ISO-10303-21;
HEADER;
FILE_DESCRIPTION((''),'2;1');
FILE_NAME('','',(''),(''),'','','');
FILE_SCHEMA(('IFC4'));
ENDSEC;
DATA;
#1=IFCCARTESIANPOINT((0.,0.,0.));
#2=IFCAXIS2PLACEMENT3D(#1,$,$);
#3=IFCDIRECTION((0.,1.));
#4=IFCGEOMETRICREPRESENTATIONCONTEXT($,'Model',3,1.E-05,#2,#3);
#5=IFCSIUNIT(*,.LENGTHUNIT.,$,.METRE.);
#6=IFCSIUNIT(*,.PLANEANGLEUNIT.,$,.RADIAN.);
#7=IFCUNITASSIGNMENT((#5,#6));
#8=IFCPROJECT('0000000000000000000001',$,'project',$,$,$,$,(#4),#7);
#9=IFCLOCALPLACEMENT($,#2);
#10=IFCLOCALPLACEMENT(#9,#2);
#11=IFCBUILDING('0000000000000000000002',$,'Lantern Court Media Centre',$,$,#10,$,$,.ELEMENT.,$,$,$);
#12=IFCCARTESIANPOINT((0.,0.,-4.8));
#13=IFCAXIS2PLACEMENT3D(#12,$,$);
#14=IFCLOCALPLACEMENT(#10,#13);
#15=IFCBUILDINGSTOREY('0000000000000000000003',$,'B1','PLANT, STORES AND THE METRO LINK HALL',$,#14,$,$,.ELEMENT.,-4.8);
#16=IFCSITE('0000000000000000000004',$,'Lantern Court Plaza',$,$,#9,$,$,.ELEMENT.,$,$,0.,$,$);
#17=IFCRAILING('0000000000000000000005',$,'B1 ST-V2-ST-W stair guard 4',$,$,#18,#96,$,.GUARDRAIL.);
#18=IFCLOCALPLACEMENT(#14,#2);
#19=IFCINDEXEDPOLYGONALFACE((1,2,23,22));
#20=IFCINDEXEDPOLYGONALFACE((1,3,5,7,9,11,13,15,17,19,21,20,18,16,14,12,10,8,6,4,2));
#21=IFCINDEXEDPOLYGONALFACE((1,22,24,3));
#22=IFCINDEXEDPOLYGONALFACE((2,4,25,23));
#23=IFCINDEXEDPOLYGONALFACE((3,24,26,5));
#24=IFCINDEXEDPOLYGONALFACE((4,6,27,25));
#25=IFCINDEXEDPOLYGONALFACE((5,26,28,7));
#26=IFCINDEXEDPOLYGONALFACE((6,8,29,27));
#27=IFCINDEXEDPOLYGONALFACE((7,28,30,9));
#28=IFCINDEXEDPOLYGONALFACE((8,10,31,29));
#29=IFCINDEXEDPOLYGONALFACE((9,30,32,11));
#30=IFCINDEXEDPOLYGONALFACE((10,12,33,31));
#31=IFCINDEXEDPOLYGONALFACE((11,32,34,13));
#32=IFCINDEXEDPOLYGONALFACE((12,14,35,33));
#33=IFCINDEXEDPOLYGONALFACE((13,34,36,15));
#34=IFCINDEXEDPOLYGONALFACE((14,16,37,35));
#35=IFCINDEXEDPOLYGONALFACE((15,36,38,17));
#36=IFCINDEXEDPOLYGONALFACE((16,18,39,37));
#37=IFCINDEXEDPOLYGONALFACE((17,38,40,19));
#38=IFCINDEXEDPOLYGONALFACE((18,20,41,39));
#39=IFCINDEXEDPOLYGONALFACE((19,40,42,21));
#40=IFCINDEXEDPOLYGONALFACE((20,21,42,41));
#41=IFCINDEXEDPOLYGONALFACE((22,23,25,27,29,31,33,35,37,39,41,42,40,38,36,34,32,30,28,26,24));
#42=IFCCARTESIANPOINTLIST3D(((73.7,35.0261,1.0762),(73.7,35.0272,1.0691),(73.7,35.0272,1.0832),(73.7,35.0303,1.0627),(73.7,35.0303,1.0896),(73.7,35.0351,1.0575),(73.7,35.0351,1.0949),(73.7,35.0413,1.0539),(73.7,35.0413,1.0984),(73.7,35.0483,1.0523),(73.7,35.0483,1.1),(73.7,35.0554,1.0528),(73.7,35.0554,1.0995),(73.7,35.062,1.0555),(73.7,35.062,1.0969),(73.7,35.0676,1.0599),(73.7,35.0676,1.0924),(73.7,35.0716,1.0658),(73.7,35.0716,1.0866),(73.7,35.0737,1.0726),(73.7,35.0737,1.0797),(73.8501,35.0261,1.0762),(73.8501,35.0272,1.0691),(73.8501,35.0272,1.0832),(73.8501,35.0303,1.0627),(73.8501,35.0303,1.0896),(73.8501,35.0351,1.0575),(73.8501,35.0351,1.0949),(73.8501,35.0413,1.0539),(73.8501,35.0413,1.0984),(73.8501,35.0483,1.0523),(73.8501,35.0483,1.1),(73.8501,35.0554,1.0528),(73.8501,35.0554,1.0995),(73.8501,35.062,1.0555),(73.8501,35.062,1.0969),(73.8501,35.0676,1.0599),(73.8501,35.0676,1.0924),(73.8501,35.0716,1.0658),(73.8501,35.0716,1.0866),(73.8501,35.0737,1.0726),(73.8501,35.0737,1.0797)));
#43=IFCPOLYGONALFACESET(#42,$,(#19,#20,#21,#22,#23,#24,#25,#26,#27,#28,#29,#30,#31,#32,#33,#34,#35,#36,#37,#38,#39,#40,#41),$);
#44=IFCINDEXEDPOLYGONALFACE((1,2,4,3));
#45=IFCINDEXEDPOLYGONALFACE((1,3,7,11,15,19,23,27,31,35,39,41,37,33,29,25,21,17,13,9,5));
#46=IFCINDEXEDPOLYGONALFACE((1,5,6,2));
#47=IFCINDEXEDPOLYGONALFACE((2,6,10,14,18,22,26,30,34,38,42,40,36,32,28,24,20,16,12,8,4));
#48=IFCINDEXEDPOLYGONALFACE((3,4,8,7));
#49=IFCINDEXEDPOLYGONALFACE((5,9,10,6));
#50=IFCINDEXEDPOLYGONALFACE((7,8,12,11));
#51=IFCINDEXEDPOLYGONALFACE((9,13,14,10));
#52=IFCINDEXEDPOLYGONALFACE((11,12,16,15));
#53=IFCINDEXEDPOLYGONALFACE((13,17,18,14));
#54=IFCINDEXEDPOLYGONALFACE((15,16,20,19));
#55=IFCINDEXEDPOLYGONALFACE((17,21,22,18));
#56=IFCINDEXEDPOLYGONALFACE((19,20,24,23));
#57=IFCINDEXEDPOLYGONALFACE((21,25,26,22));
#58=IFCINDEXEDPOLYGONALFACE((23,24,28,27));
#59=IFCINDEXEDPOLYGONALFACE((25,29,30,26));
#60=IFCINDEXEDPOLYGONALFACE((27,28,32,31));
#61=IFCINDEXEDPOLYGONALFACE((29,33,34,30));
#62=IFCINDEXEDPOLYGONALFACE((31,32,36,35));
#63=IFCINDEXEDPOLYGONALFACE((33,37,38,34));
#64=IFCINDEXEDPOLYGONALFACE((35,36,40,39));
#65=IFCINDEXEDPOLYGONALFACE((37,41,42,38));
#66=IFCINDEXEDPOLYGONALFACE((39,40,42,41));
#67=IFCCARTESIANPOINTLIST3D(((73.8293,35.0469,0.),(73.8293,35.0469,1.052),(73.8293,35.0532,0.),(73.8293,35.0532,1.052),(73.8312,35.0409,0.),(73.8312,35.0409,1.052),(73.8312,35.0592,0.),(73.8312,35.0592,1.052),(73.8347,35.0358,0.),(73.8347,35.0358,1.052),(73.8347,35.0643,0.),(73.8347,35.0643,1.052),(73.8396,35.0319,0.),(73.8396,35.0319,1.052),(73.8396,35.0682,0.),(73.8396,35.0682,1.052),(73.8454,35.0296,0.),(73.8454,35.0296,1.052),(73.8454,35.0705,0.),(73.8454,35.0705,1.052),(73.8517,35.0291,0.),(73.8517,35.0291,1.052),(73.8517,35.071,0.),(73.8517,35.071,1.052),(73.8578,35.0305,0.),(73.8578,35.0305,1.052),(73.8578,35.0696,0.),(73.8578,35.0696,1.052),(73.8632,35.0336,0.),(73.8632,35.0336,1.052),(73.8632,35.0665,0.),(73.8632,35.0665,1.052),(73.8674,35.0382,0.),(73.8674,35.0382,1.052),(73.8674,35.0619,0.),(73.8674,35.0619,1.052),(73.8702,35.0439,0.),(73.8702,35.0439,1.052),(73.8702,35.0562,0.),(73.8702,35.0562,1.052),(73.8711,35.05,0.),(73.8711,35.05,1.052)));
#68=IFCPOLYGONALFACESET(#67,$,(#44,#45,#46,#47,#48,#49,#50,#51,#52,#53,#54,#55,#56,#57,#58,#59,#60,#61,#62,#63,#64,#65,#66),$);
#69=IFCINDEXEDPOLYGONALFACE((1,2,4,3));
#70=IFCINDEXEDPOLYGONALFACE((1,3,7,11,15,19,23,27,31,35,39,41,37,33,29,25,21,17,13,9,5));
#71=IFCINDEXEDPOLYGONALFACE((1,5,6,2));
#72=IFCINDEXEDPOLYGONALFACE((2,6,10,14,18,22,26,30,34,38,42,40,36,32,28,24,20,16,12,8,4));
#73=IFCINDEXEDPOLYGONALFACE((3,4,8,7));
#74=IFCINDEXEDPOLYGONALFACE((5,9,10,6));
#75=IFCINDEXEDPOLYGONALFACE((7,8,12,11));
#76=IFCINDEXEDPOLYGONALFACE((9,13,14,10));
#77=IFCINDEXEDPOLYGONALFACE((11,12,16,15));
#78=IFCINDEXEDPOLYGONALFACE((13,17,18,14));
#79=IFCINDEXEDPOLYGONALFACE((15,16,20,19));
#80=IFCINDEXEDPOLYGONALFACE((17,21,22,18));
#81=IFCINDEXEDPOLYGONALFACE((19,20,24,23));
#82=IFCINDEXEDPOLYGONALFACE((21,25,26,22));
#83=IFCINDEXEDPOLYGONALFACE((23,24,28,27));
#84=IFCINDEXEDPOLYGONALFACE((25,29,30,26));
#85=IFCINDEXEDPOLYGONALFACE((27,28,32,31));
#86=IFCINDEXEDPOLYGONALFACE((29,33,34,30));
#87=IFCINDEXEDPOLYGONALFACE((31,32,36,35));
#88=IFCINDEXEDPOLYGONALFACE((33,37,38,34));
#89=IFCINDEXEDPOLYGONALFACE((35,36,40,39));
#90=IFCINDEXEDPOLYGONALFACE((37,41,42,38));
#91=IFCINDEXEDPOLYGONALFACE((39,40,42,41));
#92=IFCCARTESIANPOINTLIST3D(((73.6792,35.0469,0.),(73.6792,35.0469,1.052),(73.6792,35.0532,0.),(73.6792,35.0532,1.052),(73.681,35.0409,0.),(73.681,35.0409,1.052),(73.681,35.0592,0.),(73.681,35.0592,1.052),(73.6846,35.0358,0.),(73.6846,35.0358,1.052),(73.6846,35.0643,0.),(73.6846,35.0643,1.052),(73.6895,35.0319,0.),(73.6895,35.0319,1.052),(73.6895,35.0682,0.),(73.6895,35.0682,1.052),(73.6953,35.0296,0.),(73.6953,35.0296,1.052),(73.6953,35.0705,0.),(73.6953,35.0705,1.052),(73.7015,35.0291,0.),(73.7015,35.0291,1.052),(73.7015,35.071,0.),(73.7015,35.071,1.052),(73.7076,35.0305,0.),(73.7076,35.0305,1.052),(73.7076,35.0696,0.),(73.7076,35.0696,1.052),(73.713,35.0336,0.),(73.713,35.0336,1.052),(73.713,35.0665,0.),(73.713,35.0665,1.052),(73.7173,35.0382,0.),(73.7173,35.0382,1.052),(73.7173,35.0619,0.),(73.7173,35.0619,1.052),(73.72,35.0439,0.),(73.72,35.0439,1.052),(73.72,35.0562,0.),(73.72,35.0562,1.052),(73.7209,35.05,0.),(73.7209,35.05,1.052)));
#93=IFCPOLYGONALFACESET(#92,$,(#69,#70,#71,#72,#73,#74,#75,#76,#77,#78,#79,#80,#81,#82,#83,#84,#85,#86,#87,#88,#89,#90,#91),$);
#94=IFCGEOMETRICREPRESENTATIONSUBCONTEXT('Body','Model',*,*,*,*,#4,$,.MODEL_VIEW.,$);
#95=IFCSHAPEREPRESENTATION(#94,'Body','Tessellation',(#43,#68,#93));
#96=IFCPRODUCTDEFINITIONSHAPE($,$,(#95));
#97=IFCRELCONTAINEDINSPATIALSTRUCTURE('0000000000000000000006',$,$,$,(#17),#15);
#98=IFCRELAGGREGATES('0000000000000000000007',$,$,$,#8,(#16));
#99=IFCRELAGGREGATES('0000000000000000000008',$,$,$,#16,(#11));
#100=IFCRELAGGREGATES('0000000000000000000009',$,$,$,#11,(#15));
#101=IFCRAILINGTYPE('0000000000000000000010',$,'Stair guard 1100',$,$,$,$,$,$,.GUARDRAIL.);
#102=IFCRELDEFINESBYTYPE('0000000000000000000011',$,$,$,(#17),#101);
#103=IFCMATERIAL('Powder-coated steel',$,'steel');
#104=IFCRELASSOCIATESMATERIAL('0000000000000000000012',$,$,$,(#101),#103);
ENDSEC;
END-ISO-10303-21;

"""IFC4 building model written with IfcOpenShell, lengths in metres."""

from ifc_helpers import new_model, si_unit, direction, frame, origin, origin_2d, place, context, subcontext, project, spatial, circle, extrude, material, type_object, element, save


model = new_model("IFC4")

# Units and contexts
model_context = context("Model", 3, precision=1e-05, world=origin(), true_north=direction((0.0, 1.0)))
body_context = subcontext(model_context, "Body", "Model", "MODEL_VIEW")
ifc_project = project(units=[si_unit("LENGTHUNIT", "METRE"), si_unit("PLANEANGLEUNIT", "RADIAN")], contexts=[model_context])

# Site, building, storey
site_placement = place(None, origin())
site = spatial("IfcSite", under=ifc_project, at=site_placement, Name="Lantern Court Plaza", CompositionType="ELEMENT", RefElevation=0.0)
building_placement = place(site_placement, origin())
building = spatial("IfcBuilding", under=site, at=building_placement, Name="Lantern Court Media Centre", CompositionType="ELEMENT")
storey_placement = place(building_placement, frame((0.0, 0.0, -4.8)))
storey = spatial("IfcBuildingStorey", under=building, at=storey_placement, Name="B1", Description="PLANT, STORES AND THE METRO LINK HALL", CompositionType="ELEMENT", Elevation=-4.8)

# Railing
ifc_material_1 = material(Name="Powder-coated steel", Category="steel")
railing_type_1 = type_object("IfcRailingType", Name="Stair guard 1100", PredefinedType="GUARDRAIL", material=ifc_material_1)
railing_1_placement = place(storey_placement, frame((73.8501, 35.05, 0.0)))
element("IfcRailing", 1, at=railing_1_placement, inside=storey, type_object=railing_type_1, Name="B1 ST-V2-ST-W stair guard 4", PredefinedType="GUARDRAIL", context=body_context, shape_type="SweptSolid", body=[
    extrude(circle(Radius=0.0239, at=origin_2d()), frame((0.0, 0.0, 1.0762), z_axis=(-1.0, 0.0, 0.0), x_axis=(0.0, -1.0, 0.0)), (0.0, 0.0, 1.0), 0.1501),
    extrude(circle(Radius=0.021, at=origin_2d()), origin(), (0.0, 0.0, 1.0), 1.052),
    extrude(circle(Radius=0.021, at=origin_2d()), frame((-0.1501, 0.0, 0.0)), (0.0, 0.0, 1.0), 1.052),
])

save(model, "model.ifc")
